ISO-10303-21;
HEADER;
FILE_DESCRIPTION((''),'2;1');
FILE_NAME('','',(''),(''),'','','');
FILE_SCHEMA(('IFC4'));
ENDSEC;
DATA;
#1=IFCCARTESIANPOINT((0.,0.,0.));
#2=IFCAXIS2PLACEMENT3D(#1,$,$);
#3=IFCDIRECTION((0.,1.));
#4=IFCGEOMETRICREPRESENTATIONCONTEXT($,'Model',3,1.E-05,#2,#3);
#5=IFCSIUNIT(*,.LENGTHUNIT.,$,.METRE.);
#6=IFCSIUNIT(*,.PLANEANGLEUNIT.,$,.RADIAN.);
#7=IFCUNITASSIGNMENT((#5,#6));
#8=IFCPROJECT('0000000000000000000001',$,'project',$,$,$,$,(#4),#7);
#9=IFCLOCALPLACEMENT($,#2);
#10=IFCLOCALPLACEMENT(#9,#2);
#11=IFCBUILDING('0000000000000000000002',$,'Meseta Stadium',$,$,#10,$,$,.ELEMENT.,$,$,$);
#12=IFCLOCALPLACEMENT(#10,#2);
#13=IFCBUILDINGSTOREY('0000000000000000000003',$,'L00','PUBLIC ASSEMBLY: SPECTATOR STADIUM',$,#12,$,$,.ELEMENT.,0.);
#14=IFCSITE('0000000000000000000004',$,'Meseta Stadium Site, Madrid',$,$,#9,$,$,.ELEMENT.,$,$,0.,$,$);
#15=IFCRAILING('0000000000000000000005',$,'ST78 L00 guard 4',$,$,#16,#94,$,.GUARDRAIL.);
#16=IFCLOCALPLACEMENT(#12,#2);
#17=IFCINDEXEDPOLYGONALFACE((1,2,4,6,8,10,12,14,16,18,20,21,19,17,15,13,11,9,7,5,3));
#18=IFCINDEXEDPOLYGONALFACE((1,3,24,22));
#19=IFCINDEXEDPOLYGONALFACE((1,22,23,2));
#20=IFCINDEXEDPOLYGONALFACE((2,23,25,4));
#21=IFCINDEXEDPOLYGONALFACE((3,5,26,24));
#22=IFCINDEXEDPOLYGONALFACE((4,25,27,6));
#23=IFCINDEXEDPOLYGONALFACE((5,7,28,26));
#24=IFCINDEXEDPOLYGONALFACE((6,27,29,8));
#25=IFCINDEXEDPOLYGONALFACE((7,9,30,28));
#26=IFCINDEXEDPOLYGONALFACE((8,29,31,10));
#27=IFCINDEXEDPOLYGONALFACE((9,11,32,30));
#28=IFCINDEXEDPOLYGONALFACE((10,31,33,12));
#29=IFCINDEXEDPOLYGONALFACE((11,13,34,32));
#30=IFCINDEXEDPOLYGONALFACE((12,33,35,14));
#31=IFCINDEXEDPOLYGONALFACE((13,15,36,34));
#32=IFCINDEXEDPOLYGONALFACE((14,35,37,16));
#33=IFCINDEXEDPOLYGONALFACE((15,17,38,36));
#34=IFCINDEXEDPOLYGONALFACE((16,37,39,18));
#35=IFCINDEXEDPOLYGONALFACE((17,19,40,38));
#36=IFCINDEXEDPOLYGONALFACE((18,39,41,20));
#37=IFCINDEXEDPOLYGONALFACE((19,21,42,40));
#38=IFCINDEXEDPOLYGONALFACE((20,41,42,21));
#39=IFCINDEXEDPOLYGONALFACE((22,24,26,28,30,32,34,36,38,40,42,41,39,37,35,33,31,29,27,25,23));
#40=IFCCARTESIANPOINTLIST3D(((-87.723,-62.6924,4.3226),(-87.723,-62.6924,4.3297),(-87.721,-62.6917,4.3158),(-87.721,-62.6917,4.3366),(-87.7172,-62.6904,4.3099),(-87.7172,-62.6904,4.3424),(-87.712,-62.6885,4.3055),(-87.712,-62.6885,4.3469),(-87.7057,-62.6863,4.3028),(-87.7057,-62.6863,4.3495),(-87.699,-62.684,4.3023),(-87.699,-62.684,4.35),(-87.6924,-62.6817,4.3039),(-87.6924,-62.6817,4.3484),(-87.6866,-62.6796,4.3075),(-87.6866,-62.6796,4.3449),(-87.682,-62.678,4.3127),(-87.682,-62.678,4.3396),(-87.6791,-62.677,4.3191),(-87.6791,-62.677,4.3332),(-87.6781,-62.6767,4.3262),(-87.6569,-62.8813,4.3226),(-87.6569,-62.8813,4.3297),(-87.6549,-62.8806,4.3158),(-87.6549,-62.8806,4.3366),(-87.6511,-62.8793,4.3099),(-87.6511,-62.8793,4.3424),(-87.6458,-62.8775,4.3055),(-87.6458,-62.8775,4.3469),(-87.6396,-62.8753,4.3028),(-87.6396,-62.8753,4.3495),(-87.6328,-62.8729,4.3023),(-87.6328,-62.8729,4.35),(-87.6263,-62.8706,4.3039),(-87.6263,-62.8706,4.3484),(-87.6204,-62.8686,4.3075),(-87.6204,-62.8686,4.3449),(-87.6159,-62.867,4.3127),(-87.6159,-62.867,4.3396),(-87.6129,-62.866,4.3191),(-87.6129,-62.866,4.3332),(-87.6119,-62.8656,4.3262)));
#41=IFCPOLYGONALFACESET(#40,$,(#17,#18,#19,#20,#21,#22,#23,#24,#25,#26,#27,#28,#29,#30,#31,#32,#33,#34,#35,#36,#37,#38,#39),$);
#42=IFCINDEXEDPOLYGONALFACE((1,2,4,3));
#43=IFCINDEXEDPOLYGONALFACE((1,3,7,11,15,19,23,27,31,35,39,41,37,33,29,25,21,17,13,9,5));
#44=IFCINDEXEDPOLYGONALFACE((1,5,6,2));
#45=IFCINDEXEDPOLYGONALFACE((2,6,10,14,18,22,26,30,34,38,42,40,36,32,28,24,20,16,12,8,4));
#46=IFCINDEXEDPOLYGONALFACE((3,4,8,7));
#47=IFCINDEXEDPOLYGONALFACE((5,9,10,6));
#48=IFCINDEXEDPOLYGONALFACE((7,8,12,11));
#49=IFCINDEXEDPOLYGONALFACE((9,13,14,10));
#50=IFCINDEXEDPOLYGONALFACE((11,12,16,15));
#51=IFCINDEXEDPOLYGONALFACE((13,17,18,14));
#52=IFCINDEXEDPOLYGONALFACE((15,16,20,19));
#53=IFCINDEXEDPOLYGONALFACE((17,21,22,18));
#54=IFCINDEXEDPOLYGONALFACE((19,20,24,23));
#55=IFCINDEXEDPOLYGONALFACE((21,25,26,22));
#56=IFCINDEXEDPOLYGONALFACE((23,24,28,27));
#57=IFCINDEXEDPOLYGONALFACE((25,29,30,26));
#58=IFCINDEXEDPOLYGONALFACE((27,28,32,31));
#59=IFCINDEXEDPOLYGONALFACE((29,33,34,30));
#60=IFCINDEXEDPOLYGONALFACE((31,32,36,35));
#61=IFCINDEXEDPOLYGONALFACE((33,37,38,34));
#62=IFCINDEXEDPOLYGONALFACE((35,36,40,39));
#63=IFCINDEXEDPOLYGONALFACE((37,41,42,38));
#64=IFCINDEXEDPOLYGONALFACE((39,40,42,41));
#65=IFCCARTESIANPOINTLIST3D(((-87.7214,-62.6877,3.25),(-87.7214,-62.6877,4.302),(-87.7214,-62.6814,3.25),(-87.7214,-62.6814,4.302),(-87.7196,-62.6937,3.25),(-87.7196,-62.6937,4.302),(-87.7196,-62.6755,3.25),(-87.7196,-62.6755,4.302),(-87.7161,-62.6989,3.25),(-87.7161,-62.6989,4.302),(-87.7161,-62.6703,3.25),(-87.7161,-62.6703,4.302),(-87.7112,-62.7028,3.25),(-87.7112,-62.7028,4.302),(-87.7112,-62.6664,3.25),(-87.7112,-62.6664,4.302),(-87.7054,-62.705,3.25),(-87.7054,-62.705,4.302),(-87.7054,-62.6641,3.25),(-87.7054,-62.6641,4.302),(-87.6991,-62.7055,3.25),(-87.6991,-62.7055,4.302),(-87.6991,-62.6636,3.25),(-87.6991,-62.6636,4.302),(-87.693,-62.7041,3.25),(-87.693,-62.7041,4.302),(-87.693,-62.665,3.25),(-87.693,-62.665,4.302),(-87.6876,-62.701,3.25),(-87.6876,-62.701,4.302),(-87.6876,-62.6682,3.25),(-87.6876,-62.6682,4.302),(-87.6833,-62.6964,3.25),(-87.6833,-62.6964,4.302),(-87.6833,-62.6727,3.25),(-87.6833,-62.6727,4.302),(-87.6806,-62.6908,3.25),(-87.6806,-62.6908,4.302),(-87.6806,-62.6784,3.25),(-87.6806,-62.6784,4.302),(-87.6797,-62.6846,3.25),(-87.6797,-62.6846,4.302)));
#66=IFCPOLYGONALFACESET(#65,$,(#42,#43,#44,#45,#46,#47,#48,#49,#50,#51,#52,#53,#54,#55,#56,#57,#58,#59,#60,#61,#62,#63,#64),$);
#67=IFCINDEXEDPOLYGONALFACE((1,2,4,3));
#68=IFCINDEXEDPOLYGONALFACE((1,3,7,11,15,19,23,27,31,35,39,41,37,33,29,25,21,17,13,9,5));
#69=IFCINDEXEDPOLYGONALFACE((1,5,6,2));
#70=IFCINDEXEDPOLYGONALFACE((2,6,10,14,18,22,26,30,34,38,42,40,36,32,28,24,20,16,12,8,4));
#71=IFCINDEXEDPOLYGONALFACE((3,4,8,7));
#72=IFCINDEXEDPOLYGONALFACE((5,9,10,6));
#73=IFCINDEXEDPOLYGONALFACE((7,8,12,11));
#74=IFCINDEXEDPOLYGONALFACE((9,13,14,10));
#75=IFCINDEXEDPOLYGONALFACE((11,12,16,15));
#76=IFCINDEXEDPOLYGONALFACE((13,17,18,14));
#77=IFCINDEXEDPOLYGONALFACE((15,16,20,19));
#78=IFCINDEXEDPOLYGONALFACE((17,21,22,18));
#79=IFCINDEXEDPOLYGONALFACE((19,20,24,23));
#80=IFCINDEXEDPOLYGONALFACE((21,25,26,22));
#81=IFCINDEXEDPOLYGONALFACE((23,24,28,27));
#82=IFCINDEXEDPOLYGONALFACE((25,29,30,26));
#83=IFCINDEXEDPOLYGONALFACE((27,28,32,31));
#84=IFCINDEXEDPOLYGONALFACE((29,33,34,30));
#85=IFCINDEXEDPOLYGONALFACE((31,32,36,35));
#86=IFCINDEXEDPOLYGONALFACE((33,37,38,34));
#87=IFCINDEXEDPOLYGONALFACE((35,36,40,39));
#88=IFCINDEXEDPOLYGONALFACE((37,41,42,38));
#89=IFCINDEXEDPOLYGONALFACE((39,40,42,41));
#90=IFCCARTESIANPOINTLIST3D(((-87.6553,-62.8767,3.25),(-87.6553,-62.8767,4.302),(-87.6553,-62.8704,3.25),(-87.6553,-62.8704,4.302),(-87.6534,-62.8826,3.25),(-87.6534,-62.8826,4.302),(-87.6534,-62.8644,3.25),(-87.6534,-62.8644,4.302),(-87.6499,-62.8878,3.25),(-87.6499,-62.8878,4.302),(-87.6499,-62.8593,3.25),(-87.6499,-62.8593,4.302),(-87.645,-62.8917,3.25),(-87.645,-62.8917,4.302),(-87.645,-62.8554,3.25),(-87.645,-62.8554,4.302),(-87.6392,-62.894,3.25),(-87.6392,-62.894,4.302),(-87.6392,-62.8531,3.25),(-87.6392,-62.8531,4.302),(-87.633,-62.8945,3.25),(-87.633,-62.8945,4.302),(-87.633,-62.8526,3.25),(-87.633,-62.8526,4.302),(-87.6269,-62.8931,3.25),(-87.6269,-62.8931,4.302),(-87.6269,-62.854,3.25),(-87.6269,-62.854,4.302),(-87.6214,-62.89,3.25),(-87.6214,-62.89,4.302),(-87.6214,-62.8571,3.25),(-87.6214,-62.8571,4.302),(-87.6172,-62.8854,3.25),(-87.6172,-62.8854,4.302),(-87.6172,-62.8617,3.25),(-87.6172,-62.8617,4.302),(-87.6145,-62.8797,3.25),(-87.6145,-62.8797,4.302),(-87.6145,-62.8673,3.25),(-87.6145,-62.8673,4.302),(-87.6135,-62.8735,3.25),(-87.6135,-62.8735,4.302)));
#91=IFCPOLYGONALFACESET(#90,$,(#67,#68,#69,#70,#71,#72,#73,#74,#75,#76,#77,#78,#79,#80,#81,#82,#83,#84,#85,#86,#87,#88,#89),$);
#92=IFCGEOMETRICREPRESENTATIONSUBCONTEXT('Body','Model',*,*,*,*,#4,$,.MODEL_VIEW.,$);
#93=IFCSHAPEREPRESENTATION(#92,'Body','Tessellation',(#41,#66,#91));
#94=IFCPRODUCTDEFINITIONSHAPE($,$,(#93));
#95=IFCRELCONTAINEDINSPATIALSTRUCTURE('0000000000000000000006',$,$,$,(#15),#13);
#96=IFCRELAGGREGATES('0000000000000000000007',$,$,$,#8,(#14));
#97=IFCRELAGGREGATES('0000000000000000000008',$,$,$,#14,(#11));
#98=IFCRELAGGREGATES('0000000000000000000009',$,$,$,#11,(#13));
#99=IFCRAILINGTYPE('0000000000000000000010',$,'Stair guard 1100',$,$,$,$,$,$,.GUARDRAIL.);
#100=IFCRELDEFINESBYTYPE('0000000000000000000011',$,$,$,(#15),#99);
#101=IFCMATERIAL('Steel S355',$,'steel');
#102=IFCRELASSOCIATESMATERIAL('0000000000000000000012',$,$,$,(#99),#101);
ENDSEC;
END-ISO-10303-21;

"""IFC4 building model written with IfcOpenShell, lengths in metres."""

from ifc_helpers import new_model, si_unit, direction, frame, origin, origin_2d, place, context, subcontext, project, spatial, circle, extrude, material, type_object, element, save


model = new_model("IFC4")

# Units and contexts
model_context = context("Model", 3, precision=1e-05, world=origin(), true_north=direction((0.0, 1.0)))
body_context = subcontext(model_context, "Body", "Model", "MODEL_VIEW")
ifc_project = project(units=[si_unit("LENGTHUNIT", "METRE"), si_unit("PLANEANGLEUNIT", "RADIAN")], contexts=[model_context])

# Site, building, storey
site_placement = place(None, origin())
site = spatial("IfcSite", under=ifc_project, at=site_placement, Name="Meseta Stadium Site, Madrid", CompositionType="ELEMENT", RefElevation=0.0)
building_placement = place(site_placement, origin())
building = spatial("IfcBuilding", under=site, at=building_placement, Name="Meseta Stadium", CompositionType="ELEMENT")
storey_placement = place(building_placement, origin())
storey = spatial("IfcBuildingStorey", under=building, at=storey_placement, Name="L00", Description="PUBLIC ASSEMBLY: SPECTATOR STADIUM", CompositionType="ELEMENT", Elevation=0.0)

# Railing
ifc_material_1 = material(Name="Steel S355", Category="steel")
railing_type_1 = type_object("IfcRailingType", Name="Stair guard 1100", PredefinedType="GUARDRAIL", material=ifc_material_1)
railing_1_placement = place(storey_placement, frame((-87.7007, -62.6846, 3.25)))
element("IfcRailing", 1, at=railing_1_placement, inside=storey, type_object=railing_type_1, Name="ST78 L00 guard 4", PredefinedType="GUARDRAIL", context=body_context, shape_type="SweptSolid", body=[
    extrude(circle(Radius=0.0239, at=origin_2d()), frame((0.0, 0.0, 1.0762), z_axis=(0.330459, -0.94382, 0.0), x_axis=(0.94382, 0.330459, 0.0)), (0.0, 0.0, 1.0), 0.2002),
    extrude(circle(Radius=0.021, at=origin_2d()), origin(), (0.0, 0.0, 1.0), 1.052),
    extrude(circle(Radius=0.021, at=origin_2d()), frame((0.0662, -0.189, 0.0)), (0.0, 0.0, 1.0), 1.052),
])

save(model, "model.ifc")
